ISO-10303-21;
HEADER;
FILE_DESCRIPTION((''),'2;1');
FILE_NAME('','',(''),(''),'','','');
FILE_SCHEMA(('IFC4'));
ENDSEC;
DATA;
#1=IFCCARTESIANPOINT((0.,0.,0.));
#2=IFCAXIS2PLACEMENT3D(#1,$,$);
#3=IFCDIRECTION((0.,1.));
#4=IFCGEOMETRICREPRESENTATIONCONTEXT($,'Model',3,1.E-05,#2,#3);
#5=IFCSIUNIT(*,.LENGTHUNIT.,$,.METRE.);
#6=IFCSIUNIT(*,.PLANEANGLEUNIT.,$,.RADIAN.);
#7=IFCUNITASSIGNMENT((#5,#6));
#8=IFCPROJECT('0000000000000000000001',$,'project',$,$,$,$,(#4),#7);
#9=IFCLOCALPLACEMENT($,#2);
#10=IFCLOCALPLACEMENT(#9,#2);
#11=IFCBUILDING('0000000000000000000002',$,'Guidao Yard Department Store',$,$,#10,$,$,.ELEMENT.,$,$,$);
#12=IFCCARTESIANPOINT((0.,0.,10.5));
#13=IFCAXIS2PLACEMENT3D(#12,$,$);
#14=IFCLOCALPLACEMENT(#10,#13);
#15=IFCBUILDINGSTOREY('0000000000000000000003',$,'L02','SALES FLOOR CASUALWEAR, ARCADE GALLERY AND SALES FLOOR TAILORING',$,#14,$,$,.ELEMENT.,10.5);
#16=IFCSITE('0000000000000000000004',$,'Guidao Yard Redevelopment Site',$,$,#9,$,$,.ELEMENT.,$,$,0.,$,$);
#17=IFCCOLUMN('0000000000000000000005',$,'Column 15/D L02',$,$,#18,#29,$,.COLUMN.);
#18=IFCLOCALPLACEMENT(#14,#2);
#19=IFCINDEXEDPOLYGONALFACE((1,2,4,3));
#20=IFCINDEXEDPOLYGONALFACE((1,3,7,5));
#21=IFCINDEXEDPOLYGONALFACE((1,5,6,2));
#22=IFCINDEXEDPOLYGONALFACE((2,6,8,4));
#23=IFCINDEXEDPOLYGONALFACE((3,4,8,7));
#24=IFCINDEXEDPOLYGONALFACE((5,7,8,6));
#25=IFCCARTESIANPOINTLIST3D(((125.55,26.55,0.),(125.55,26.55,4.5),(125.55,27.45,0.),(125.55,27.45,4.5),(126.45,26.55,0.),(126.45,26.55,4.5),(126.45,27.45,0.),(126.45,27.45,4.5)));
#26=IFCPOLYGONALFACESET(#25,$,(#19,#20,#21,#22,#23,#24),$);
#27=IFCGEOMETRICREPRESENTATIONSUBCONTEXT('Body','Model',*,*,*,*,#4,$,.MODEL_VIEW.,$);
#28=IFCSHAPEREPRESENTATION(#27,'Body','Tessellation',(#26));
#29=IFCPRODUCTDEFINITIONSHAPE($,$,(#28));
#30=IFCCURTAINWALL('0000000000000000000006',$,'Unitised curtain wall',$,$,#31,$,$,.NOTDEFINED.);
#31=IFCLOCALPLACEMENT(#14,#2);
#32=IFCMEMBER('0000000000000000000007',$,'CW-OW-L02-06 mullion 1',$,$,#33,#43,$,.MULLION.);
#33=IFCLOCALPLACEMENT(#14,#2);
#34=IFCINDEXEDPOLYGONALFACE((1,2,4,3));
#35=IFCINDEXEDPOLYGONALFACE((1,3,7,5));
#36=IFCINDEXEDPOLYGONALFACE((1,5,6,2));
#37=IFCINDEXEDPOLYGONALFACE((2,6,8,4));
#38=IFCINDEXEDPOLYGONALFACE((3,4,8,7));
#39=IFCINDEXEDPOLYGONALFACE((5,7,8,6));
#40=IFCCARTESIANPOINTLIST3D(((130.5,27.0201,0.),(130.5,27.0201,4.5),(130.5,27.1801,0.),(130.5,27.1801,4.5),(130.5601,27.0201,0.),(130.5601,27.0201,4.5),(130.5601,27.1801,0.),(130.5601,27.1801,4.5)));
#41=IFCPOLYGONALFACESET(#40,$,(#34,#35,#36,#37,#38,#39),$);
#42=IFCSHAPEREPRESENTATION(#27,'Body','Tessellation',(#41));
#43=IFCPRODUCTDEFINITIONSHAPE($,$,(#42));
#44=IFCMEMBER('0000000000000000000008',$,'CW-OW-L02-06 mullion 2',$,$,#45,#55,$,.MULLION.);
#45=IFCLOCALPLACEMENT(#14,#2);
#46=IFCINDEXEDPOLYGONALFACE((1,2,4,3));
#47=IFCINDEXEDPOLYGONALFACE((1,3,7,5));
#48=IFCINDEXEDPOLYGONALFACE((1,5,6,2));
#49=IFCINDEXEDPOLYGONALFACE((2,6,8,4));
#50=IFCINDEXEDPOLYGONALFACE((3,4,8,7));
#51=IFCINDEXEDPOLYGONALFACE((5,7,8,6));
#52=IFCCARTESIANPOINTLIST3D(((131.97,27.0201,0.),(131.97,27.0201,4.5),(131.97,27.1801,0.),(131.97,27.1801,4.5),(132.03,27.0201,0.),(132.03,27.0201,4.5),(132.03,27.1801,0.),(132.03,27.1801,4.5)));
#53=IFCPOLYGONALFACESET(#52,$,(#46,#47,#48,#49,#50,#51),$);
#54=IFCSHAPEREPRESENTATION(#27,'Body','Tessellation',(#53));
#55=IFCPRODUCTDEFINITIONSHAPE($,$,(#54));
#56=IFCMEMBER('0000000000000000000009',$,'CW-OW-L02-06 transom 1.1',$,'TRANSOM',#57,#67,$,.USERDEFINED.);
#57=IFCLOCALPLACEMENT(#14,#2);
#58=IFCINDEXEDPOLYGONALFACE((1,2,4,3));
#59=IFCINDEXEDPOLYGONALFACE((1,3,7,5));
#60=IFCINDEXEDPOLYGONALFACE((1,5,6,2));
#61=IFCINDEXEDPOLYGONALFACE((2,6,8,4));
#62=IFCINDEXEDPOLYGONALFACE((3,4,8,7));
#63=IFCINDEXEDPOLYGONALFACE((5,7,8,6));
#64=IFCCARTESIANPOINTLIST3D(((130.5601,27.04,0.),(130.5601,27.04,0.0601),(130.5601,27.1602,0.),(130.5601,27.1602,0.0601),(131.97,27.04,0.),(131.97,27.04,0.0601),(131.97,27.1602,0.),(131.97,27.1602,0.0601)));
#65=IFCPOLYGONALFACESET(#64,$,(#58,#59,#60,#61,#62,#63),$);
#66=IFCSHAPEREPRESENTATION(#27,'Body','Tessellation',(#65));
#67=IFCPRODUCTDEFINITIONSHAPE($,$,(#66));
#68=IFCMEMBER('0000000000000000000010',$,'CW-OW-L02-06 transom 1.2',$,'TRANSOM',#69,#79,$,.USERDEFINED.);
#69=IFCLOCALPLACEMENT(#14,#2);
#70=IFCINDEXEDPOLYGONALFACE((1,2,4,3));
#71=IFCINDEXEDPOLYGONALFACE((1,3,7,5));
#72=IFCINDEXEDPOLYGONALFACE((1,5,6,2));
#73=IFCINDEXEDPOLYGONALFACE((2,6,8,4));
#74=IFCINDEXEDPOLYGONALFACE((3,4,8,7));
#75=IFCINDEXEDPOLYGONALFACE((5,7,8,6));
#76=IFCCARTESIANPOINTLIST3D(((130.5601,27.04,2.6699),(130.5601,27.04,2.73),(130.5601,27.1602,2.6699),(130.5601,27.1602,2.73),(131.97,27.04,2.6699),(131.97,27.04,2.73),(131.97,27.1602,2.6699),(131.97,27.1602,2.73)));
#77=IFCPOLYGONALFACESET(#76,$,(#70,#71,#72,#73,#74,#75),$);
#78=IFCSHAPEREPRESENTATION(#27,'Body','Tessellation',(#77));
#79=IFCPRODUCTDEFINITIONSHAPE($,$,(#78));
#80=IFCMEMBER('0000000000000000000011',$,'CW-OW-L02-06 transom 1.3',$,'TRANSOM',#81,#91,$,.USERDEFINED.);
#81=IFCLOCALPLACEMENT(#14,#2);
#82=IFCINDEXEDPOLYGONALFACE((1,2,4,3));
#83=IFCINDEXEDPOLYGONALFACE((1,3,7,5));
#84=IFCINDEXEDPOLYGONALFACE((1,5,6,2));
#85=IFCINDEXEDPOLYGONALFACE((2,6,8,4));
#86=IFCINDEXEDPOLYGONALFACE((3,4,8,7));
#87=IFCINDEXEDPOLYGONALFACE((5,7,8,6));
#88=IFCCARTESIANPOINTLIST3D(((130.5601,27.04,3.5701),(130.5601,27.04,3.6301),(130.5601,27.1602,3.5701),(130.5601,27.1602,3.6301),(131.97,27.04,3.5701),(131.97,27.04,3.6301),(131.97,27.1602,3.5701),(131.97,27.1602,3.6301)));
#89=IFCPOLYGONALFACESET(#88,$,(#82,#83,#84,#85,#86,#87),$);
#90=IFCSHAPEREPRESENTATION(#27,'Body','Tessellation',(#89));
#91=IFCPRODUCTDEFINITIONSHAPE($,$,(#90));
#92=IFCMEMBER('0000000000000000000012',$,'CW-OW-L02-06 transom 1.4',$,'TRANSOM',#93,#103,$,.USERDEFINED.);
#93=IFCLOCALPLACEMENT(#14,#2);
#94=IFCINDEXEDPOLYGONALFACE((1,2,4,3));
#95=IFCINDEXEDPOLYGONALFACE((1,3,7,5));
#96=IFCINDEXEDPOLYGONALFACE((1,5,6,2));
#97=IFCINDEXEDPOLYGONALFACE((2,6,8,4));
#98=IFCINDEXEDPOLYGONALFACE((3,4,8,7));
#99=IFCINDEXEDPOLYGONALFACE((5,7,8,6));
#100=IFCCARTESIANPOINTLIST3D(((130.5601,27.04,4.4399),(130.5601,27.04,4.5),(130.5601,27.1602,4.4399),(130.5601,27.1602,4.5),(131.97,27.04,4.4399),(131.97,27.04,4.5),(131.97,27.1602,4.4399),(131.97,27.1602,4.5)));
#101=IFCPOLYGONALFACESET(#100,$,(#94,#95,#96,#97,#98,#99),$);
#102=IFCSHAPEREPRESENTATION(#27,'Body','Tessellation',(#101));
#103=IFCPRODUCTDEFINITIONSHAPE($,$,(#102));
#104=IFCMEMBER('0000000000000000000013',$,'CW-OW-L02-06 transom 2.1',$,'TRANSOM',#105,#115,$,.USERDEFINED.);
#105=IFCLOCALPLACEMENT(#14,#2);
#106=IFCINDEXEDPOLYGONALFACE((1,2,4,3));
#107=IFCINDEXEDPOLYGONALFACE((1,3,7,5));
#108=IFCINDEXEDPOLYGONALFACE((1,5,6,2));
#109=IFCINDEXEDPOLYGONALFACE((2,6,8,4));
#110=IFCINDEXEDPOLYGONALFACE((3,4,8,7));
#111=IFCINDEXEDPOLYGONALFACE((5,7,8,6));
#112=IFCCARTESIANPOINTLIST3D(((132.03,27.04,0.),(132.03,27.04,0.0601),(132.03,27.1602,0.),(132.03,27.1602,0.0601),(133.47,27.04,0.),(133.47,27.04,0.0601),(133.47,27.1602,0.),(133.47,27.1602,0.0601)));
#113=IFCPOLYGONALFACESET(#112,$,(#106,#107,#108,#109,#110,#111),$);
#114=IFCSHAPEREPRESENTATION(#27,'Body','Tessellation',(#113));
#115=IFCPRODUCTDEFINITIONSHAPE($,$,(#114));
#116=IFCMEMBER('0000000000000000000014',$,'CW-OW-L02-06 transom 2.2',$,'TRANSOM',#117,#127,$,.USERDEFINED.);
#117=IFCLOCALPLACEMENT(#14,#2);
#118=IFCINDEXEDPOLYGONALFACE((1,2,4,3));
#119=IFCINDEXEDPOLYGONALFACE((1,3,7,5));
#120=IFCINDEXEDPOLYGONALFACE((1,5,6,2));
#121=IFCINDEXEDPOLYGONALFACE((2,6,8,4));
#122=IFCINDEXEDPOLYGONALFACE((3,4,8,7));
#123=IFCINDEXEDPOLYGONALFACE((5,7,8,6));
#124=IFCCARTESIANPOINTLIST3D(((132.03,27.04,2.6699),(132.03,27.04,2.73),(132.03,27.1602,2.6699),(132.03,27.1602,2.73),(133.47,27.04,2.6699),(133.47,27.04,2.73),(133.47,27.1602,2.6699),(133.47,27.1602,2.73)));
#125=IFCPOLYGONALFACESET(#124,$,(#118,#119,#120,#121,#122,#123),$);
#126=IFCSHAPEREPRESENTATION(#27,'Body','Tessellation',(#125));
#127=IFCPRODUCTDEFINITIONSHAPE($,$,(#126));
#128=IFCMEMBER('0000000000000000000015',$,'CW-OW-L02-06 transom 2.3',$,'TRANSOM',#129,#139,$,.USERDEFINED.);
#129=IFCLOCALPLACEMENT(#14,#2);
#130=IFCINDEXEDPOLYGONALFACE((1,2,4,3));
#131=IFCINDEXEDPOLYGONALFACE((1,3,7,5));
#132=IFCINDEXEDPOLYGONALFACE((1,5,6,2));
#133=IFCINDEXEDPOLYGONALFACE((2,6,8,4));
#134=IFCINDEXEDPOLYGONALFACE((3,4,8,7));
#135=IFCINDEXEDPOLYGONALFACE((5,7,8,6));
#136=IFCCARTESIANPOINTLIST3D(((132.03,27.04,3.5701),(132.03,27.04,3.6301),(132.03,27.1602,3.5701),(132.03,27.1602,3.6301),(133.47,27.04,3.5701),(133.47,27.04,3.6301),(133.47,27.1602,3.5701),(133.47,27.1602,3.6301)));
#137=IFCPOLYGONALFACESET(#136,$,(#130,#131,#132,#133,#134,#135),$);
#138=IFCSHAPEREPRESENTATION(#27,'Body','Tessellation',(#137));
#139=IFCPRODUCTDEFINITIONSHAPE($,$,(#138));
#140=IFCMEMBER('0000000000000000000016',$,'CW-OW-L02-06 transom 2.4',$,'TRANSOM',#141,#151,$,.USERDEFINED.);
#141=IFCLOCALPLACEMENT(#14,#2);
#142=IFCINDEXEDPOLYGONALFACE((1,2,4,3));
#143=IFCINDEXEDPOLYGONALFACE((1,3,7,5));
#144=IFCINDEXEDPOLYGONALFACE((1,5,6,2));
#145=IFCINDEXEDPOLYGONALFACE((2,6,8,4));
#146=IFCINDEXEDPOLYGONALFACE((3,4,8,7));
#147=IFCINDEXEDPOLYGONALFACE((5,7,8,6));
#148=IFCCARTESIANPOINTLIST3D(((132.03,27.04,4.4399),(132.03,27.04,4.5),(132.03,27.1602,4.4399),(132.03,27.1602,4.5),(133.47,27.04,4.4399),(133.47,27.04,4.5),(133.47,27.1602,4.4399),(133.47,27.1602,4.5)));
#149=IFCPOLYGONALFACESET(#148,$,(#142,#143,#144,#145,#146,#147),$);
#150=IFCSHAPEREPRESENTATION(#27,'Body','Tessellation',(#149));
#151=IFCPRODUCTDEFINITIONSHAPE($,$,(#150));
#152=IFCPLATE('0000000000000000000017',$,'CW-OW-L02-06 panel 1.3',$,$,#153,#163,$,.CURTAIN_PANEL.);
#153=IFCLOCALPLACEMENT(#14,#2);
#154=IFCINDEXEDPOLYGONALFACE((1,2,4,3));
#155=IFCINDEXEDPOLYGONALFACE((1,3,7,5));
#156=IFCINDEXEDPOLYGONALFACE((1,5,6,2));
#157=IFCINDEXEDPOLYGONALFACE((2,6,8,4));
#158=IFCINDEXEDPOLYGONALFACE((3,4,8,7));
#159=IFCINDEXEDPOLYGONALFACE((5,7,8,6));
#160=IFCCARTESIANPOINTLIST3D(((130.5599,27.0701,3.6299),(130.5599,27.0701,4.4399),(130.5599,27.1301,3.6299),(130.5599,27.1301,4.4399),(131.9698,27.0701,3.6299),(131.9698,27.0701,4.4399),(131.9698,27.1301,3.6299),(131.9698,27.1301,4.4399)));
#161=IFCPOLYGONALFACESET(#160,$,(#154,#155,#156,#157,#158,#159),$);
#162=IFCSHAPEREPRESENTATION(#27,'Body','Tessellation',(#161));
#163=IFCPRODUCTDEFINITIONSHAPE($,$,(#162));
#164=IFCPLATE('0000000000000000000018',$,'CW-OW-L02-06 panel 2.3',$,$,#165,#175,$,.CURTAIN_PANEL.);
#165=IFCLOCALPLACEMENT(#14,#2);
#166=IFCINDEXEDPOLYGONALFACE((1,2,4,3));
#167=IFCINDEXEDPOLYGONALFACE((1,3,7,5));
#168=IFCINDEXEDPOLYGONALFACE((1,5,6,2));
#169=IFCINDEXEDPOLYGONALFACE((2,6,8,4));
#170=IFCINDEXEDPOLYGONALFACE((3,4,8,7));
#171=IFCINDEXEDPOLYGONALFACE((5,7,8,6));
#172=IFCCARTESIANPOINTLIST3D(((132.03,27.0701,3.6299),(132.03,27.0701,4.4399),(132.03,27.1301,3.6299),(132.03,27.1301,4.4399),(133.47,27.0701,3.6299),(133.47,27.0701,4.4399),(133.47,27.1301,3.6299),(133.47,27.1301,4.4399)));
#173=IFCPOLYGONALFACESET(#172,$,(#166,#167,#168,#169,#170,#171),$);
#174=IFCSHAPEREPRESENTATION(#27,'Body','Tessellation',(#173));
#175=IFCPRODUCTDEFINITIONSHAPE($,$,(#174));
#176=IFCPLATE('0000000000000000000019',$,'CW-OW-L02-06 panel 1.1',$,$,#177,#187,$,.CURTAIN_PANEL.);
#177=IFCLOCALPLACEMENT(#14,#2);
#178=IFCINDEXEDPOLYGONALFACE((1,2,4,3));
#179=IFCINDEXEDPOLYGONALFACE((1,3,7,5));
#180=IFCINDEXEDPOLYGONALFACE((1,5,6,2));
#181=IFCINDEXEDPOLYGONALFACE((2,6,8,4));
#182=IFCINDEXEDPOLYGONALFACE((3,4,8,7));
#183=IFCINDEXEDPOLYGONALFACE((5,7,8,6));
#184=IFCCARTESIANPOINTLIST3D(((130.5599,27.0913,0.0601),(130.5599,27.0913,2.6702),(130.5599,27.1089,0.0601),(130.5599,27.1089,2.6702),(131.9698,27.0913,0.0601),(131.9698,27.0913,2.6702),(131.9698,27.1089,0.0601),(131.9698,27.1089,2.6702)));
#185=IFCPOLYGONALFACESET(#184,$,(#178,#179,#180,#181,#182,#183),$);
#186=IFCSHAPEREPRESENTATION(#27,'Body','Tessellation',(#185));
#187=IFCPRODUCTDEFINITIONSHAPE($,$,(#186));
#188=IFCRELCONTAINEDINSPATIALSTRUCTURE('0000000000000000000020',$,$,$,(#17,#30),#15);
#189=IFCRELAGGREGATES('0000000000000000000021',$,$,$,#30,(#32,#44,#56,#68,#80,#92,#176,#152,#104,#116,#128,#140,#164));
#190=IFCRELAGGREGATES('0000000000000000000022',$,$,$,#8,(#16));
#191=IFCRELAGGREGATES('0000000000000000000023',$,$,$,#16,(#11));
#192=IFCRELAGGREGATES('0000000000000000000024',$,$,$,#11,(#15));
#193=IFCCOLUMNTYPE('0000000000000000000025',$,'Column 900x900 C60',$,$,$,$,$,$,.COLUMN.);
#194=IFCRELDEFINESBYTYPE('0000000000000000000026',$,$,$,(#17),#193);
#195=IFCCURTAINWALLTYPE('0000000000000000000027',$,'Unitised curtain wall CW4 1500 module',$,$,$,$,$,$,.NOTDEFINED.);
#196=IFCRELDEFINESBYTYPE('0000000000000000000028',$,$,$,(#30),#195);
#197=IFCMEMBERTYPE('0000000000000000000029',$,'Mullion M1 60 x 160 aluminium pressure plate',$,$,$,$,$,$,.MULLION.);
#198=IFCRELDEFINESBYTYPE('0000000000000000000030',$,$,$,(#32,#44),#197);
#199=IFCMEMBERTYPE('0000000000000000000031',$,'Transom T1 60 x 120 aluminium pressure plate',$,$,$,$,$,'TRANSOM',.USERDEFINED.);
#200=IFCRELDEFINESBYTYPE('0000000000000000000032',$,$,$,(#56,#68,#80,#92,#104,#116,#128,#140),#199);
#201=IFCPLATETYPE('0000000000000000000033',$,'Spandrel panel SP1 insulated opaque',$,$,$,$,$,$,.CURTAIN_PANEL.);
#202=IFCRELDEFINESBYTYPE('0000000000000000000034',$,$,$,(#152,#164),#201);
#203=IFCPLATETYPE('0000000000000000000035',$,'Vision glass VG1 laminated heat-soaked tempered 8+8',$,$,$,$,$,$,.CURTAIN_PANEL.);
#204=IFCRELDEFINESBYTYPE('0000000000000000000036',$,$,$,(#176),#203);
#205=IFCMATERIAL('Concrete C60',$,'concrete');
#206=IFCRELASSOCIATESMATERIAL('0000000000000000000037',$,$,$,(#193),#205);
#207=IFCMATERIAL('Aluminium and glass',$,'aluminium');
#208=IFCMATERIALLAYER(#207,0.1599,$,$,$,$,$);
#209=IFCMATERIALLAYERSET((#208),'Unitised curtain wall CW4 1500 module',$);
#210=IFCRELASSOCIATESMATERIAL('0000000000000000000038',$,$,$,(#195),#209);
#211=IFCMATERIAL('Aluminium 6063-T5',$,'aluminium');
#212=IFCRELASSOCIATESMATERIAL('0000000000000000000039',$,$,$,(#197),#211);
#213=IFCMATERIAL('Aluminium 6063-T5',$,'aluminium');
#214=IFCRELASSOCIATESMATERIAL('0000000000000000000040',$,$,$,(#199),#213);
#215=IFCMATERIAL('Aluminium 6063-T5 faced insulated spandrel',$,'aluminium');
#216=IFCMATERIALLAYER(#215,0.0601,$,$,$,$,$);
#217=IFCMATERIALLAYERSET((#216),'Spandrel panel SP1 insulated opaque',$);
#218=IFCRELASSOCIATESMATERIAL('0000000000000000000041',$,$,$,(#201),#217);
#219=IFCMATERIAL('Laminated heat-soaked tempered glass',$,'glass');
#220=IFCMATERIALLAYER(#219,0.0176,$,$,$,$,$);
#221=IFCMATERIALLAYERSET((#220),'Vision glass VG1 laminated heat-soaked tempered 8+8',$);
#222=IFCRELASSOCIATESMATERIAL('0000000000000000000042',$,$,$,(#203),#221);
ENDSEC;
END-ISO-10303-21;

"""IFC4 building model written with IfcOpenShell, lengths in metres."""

from ifc_helpers import new_model, si_unit, direction, frame, origin, origin_2d, place, context, subcontext, project, spatial, rectangle, extrude, material, layer, layer_set, material_profile, profile_set, type_object, element, aggregate, save


model = new_model("IFC4")

# Units and contexts
model_context = context("Model", 3, precision=1e-05, world=origin(), true_north=direction((0.0, 1.0)))
body_context = subcontext(model_context, "Body", "Model", "MODEL_VIEW")
ifc_project = project(units=[si_unit("LENGTHUNIT", "METRE"), si_unit("PLANEANGLEUNIT", "RADIAN")], contexts=[model_context])

# Site, building, storey
site_placement = place(None, origin())
site = spatial("IfcSite", under=ifc_project, at=site_placement, Name="Guidao Yard Redevelopment Site", CompositionType="ELEMENT", RefElevation=0.0)
building_placement = place(site_placement, origin())
building = spatial("IfcBuilding", under=site, at=building_placement, Name="Guidao Yard Department Store", CompositionType="ELEMENT")
storey_placement = place(building_placement, frame((0.0, 0.0, 10.5)))
storey = spatial("IfcBuildingStorey", under=building, at=storey_placement, Name="L02", Description="SALES FLOOR CASUALWEAR, ARCADE GALLERY AND SALES FLOOR TAILORING", CompositionType="ELEMENT", Elevation=10.5)

# Column
ifc_material_1 = material(Name="Concrete C60", Category="concrete")
ifc_material_profile_1 = material_profile(ifc_material_1, rectangle(XDim=0.8999, YDim=0.8999, at=origin_2d()), Name="COL 900x900")
ifc_profile_set_1 = profile_set([ifc_material_profile_1], Name="Concrete C60")
column_type = type_object("IfcColumnType", Name="Column 900x900 C60", PredefinedType="COLUMN", material=ifc_profile_set_1)
column_placement = place(storey_placement, frame((126.0, 27.0, 0.0), z_axis=(0.0, 0.0, 1.0), x_axis=(1.0, 0.0, 0.0)))
element("IfcColumn", 1, at=column_placement, inside=storey, type_object=column_type, Name="Column 15/D L02", PredefinedType="COLUMN", context=body_context, shape_type="SweptSolid", body=[
    extrude(rectangle(XDim=0.8999, YDim=0.8999, at=origin_2d()), origin(), (0.0, 0.0, 1.0), 4.5),
])

# Curtain wall, members, plates
ifc_material_2 = material(Name="Aluminium and glass", Category="aluminium")
ifc_layer_1 = layer(ifc_material_2, 0.1599)
ifc_layer_set_1 = layer_set([ifc_layer_1], Name="Unitised curtain wall CW4 1500 module")
curtain_wall_type = type_object("IfcCurtainWallType", Name="Unitised curtain wall CW4 1500 module", PredefinedType="NOTDEFINED", material=ifc_layer_set_1)
curtain_wall_placement = place(storey_placement, origin())
curtain_wall = element("IfcCurtainWall", 2, at=curtain_wall_placement, inside=storey, type_object=curtain_wall_type, Name="Unitised curtain wall", PredefinedType="NOTDEFINED")
ifc_material_3 = material(Name="Aluminium 6063-T5", Category="aluminium")
ifc_material_profile_2 = material_profile(ifc_material_3, rectangle(XDim=0.0601, YDim=0.1599, at=origin_2d()), Name="Mullion M1 60 x 160 aluminium pressure plate")
ifc_profile_set_2 = profile_set([ifc_material_profile_2], Name="Aluminium 6063-T5")
member_type_1 = type_object("IfcMemberType", Name="Mullion M1 60 x 160 aluminium pressure plate", PredefinedType="MULLION", material=ifc_profile_set_2)
member_1_placement = place(storey_placement, frame((130.53, 27.1001, 0.0), z_axis=(0.0, 0.0, 1.0), x_axis=(1.0, 0.0, 0.0)))
member_1 = element("IfcMember", 3, at=member_1_placement, type_object=member_type_1, Name="CW-OW-L02-06 mullion 1", PredefinedType="MULLION", context=body_context, shape_type="SweptSolid", body=[
    extrude(rectangle(XDim=0.0601, YDim=0.1599, at=origin_2d()), origin(), (0.0, 0.0, 1.0), 4.5),
])
member_2_placement = place(storey_placement, frame((132.0, 27.1001, 0.0), z_axis=(0.0, 0.0, 1.0), x_axis=(1.0, 0.0, 0.0)))
member_2 = element("IfcMember", 4, at=member_2_placement, type_object=member_type_1, Name="CW-OW-L02-06 mullion 2", PredefinedType="MULLION", context=body_context, shape_type="SweptSolid", body=[
    extrude(rectangle(XDim=0.0601, YDim=0.1599, at=origin_2d()), origin(), (0.0, 0.0, 1.0), 4.5),
])
ifc_material_4 = material(Name="Aluminium 6063-T5", Category="aluminium")
ifc_material_profile_3 = material_profile(ifc_material_4, rectangle(XDim=0.1201, YDim=0.0601, at=origin_2d()), Name="Transom T1 60 x 120 aluminium pressure plate")
ifc_profile_set_3 = profile_set([ifc_material_profile_3], Name="Aluminium 6063-T5")
member_type_2 = type_object("IfcMemberType", Name="Transom T1 60 x 120 aluminium pressure plate", ElementType="TRANSOM", PredefinedType="USERDEFINED", material=ifc_profile_set_3)
member_3_placement = place(storey_placement, frame((130.5601, 27.1001, 0.03), z_axis=(1.0, 0.0, 0.0), x_axis=(0.0, 1.0, 0.0)))
member_3 = element("IfcMember", 5, at=member_3_placement, type_object=member_type_2, Name="CW-OW-L02-06 transom 1.1", ObjectType="TRANSOM", PredefinedType="USERDEFINED", context=body_context, shape_type="SweptSolid", body=[
    extrude(rectangle(XDim=0.1201, YDim=0.0601, at=origin_2d()), origin(), (0.0, 0.0, 1.0), 1.4099),
])
member_4_placement = place(storey_placement, frame((130.5601, 27.1001, 2.7), z_axis=(1.0, 0.0, 0.0), x_axis=(0.0, 1.0, 0.0)))
member_4 = element("IfcMember", 6, at=member_4_placement, type_object=member_type_2, Name="CW-OW-L02-06 transom 1.2", ObjectType="TRANSOM", PredefinedType="USERDEFINED", context=body_context, shape_type="SweptSolid", body=[
    extrude(rectangle(XDim=0.1201, YDim=0.0601, at=origin_2d()), origin(), (0.0, 0.0, 1.0), 1.4099),
])
member_5_placement = place(storey_placement, frame((130.5601, 27.1001, 3.6001), z_axis=(1.0, 0.0, 0.0), x_axis=(0.0, 1.0, 0.0)))
member_5 = element("IfcMember", 7, at=member_5_placement, type_object=member_type_2, Name="CW-OW-L02-06 transom 1.3", ObjectType="TRANSOM", PredefinedType="USERDEFINED", context=body_context, shape_type="SweptSolid", body=[
    extrude(rectangle(XDim=0.1201, YDim=0.0601, at=origin_2d()), origin(), (0.0, 0.0, 1.0), 1.4099),
])
member_6_placement = place(storey_placement, frame((130.5601, 27.1001, 4.47), z_axis=(1.0, 0.0, 0.0), x_axis=(0.0, 1.0, 0.0)))
member_6 = element("IfcMember", 8, at=member_6_placement, type_object=member_type_2, Name="CW-OW-L02-06 transom 1.4", ObjectType="TRANSOM", PredefinedType="USERDEFINED", context=body_context, shape_type="SweptSolid", body=[
    extrude(rectangle(XDim=0.1201, YDim=0.0601, at=origin_2d()), origin(), (0.0, 0.0, 1.0), 1.4099),
])
member_7_placement = place(storey_placement, frame((132.03, 27.1001, 0.03), z_axis=(1.0, 0.0, 0.0), x_axis=(0.0, 1.0, 0.0)))
member_7 = element("IfcMember", 9, at=member_7_placement, type_object=member_type_2, Name="CW-OW-L02-06 transom 2.1", ObjectType="TRANSOM", PredefinedType="USERDEFINED", context=body_context, shape_type="SweptSolid", body=[
    extrude(rectangle(XDim=0.1201, YDim=0.0601, at=origin_2d()), origin(), (0.0, 0.0, 1.0), 1.4399),
])
member_8_placement = place(storey_placement, frame((132.03, 27.1001, 2.7), z_axis=(1.0, 0.0, 0.0), x_axis=(0.0, 1.0, 0.0)))
member_8 = element("IfcMember", 10, at=member_8_placement, type_object=member_type_2, Name="CW-OW-L02-06 transom 2.2", ObjectType="TRANSOM", PredefinedType="USERDEFINED", context=body_context, shape_type="SweptSolid", body=[
    extrude(rectangle(XDim=0.1201, YDim=0.0601, at=origin_2d()), origin(), (0.0, 0.0, 1.0), 1.4399),
])
member_9_placement = place(storey_placement, frame((132.03, 27.1001, 3.6001), z_axis=(1.0, 0.0, 0.0), x_axis=(0.0, 1.0, 0.0)))
member_9 = element("IfcMember", 11, at=member_9_placement, type_object=member_type_2, Name="CW-OW-L02-06 transom 2.3", ObjectType="TRANSOM", PredefinedType="USERDEFINED", context=body_context, shape_type="SweptSolid", body=[
    extrude(rectangle(XDim=0.1201, YDim=0.0601, at=origin_2d()), origin(), (0.0, 0.0, 1.0), 1.4399),
])
member_10_placement = place(storey_placement, frame((132.03, 27.1001, 4.47), z_axis=(1.0, 0.0, 0.0), x_axis=(0.0, 1.0, 0.0)))
member_10 = element("IfcMember", 12, at=member_10_placement, type_object=member_type_2, Name="CW-OW-L02-06 transom 2.4", ObjectType="TRANSOM", PredefinedType="USERDEFINED", context=body_context, shape_type="SweptSolid", body=[
    extrude(rectangle(XDim=0.1201, YDim=0.0601, at=origin_2d()), origin(), (0.0, 0.0, 1.0), 1.4399),
])
ifc_material_5 = material(Name="Aluminium 6063-T5 faced insulated spandrel", Category="aluminium")
ifc_layer_2 = layer(ifc_material_5, 0.0601)
ifc_layer_set_2 = layer_set([ifc_layer_2], Name="Spandrel panel SP1 insulated opaque")
plate_type_1 = type_object("IfcPlateType", Name="Spandrel panel SP1 insulated opaque", PredefinedType="CURTAIN_PANEL", material=ifc_layer_set_2)
plate_1_placement = place(storey_placement, frame((131.2649, 27.1001, 3.6299), z_axis=(0.0, 0.0, 1.0), x_axis=(1.0, 0.0, 0.0)))
plate_1 = element("IfcPlate", 13, at=plate_1_placement, type_object=plate_type_1, Name="CW-OW-L02-06 panel 1.3", PredefinedType="CURTAIN_PANEL", context=body_context, shape_type="SweptSolid", body=[
    extrude(rectangle(XDim=1.4099, YDim=0.0601, at=origin_2d()), origin(), (0.0, 0.0, 1.0), 0.8101),
])
plate_2_placement = place(storey_placement, frame((132.75, 27.1001, 3.6299), z_axis=(0.0, 0.0, 1.0), x_axis=(1.0, 0.0, 0.0)))
plate_2 = element("IfcPlate", 14, at=plate_2_placement, type_object=plate_type_1, Name="CW-OW-L02-06 panel 2.3", PredefinedType="CURTAIN_PANEL", context=body_context, shape_type="SweptSolid", body=[
    extrude(rectangle(XDim=1.4399, YDim=0.0601, at=origin_2d()), origin(), (0.0, 0.0, 1.0), 0.8101),
])
ifc_material_6 = material(Name="Laminated heat-soaked tempered glass", Category="glass")
ifc_layer_3 = layer(ifc_material_6, 0.0176)
ifc_layer_set_3 = layer_set([ifc_layer_3], Name="Vision glass VG1 laminated heat-soaked tempered 8+8")
plate_type_2 = type_object("IfcPlateType", Name="Vision glass VG1 laminated heat-soaked tempered 8+8", PredefinedType="CURTAIN_PANEL", material=ifc_layer_set_3)
plate_3_placement = place(storey_placement, frame((131.2649, 27.1001, 0.0601), z_axis=(0.0, 0.0, 1.0), x_axis=(1.0, 0.0, 0.0)))
plate_3 = element("IfcPlate", 15, at=plate_3_placement, type_object=plate_type_2, Name="CW-OW-L02-06 panel 1.1", PredefinedType="CURTAIN_PANEL", context=body_context, shape_type="SweptSolid", body=[
    extrude(rectangle(XDim=1.4099, YDim=0.0176, at=origin_2d()), origin(), (0.0, 0.0, 1.0), 2.6101),
])
aggregate(curtain_wall, [member_1, member_2, member_3, member_4, member_5, member_6, plate_3, plate_1, member_7, member_8, member_9, member_10, plate_2])

save(model, "model.ifc")
